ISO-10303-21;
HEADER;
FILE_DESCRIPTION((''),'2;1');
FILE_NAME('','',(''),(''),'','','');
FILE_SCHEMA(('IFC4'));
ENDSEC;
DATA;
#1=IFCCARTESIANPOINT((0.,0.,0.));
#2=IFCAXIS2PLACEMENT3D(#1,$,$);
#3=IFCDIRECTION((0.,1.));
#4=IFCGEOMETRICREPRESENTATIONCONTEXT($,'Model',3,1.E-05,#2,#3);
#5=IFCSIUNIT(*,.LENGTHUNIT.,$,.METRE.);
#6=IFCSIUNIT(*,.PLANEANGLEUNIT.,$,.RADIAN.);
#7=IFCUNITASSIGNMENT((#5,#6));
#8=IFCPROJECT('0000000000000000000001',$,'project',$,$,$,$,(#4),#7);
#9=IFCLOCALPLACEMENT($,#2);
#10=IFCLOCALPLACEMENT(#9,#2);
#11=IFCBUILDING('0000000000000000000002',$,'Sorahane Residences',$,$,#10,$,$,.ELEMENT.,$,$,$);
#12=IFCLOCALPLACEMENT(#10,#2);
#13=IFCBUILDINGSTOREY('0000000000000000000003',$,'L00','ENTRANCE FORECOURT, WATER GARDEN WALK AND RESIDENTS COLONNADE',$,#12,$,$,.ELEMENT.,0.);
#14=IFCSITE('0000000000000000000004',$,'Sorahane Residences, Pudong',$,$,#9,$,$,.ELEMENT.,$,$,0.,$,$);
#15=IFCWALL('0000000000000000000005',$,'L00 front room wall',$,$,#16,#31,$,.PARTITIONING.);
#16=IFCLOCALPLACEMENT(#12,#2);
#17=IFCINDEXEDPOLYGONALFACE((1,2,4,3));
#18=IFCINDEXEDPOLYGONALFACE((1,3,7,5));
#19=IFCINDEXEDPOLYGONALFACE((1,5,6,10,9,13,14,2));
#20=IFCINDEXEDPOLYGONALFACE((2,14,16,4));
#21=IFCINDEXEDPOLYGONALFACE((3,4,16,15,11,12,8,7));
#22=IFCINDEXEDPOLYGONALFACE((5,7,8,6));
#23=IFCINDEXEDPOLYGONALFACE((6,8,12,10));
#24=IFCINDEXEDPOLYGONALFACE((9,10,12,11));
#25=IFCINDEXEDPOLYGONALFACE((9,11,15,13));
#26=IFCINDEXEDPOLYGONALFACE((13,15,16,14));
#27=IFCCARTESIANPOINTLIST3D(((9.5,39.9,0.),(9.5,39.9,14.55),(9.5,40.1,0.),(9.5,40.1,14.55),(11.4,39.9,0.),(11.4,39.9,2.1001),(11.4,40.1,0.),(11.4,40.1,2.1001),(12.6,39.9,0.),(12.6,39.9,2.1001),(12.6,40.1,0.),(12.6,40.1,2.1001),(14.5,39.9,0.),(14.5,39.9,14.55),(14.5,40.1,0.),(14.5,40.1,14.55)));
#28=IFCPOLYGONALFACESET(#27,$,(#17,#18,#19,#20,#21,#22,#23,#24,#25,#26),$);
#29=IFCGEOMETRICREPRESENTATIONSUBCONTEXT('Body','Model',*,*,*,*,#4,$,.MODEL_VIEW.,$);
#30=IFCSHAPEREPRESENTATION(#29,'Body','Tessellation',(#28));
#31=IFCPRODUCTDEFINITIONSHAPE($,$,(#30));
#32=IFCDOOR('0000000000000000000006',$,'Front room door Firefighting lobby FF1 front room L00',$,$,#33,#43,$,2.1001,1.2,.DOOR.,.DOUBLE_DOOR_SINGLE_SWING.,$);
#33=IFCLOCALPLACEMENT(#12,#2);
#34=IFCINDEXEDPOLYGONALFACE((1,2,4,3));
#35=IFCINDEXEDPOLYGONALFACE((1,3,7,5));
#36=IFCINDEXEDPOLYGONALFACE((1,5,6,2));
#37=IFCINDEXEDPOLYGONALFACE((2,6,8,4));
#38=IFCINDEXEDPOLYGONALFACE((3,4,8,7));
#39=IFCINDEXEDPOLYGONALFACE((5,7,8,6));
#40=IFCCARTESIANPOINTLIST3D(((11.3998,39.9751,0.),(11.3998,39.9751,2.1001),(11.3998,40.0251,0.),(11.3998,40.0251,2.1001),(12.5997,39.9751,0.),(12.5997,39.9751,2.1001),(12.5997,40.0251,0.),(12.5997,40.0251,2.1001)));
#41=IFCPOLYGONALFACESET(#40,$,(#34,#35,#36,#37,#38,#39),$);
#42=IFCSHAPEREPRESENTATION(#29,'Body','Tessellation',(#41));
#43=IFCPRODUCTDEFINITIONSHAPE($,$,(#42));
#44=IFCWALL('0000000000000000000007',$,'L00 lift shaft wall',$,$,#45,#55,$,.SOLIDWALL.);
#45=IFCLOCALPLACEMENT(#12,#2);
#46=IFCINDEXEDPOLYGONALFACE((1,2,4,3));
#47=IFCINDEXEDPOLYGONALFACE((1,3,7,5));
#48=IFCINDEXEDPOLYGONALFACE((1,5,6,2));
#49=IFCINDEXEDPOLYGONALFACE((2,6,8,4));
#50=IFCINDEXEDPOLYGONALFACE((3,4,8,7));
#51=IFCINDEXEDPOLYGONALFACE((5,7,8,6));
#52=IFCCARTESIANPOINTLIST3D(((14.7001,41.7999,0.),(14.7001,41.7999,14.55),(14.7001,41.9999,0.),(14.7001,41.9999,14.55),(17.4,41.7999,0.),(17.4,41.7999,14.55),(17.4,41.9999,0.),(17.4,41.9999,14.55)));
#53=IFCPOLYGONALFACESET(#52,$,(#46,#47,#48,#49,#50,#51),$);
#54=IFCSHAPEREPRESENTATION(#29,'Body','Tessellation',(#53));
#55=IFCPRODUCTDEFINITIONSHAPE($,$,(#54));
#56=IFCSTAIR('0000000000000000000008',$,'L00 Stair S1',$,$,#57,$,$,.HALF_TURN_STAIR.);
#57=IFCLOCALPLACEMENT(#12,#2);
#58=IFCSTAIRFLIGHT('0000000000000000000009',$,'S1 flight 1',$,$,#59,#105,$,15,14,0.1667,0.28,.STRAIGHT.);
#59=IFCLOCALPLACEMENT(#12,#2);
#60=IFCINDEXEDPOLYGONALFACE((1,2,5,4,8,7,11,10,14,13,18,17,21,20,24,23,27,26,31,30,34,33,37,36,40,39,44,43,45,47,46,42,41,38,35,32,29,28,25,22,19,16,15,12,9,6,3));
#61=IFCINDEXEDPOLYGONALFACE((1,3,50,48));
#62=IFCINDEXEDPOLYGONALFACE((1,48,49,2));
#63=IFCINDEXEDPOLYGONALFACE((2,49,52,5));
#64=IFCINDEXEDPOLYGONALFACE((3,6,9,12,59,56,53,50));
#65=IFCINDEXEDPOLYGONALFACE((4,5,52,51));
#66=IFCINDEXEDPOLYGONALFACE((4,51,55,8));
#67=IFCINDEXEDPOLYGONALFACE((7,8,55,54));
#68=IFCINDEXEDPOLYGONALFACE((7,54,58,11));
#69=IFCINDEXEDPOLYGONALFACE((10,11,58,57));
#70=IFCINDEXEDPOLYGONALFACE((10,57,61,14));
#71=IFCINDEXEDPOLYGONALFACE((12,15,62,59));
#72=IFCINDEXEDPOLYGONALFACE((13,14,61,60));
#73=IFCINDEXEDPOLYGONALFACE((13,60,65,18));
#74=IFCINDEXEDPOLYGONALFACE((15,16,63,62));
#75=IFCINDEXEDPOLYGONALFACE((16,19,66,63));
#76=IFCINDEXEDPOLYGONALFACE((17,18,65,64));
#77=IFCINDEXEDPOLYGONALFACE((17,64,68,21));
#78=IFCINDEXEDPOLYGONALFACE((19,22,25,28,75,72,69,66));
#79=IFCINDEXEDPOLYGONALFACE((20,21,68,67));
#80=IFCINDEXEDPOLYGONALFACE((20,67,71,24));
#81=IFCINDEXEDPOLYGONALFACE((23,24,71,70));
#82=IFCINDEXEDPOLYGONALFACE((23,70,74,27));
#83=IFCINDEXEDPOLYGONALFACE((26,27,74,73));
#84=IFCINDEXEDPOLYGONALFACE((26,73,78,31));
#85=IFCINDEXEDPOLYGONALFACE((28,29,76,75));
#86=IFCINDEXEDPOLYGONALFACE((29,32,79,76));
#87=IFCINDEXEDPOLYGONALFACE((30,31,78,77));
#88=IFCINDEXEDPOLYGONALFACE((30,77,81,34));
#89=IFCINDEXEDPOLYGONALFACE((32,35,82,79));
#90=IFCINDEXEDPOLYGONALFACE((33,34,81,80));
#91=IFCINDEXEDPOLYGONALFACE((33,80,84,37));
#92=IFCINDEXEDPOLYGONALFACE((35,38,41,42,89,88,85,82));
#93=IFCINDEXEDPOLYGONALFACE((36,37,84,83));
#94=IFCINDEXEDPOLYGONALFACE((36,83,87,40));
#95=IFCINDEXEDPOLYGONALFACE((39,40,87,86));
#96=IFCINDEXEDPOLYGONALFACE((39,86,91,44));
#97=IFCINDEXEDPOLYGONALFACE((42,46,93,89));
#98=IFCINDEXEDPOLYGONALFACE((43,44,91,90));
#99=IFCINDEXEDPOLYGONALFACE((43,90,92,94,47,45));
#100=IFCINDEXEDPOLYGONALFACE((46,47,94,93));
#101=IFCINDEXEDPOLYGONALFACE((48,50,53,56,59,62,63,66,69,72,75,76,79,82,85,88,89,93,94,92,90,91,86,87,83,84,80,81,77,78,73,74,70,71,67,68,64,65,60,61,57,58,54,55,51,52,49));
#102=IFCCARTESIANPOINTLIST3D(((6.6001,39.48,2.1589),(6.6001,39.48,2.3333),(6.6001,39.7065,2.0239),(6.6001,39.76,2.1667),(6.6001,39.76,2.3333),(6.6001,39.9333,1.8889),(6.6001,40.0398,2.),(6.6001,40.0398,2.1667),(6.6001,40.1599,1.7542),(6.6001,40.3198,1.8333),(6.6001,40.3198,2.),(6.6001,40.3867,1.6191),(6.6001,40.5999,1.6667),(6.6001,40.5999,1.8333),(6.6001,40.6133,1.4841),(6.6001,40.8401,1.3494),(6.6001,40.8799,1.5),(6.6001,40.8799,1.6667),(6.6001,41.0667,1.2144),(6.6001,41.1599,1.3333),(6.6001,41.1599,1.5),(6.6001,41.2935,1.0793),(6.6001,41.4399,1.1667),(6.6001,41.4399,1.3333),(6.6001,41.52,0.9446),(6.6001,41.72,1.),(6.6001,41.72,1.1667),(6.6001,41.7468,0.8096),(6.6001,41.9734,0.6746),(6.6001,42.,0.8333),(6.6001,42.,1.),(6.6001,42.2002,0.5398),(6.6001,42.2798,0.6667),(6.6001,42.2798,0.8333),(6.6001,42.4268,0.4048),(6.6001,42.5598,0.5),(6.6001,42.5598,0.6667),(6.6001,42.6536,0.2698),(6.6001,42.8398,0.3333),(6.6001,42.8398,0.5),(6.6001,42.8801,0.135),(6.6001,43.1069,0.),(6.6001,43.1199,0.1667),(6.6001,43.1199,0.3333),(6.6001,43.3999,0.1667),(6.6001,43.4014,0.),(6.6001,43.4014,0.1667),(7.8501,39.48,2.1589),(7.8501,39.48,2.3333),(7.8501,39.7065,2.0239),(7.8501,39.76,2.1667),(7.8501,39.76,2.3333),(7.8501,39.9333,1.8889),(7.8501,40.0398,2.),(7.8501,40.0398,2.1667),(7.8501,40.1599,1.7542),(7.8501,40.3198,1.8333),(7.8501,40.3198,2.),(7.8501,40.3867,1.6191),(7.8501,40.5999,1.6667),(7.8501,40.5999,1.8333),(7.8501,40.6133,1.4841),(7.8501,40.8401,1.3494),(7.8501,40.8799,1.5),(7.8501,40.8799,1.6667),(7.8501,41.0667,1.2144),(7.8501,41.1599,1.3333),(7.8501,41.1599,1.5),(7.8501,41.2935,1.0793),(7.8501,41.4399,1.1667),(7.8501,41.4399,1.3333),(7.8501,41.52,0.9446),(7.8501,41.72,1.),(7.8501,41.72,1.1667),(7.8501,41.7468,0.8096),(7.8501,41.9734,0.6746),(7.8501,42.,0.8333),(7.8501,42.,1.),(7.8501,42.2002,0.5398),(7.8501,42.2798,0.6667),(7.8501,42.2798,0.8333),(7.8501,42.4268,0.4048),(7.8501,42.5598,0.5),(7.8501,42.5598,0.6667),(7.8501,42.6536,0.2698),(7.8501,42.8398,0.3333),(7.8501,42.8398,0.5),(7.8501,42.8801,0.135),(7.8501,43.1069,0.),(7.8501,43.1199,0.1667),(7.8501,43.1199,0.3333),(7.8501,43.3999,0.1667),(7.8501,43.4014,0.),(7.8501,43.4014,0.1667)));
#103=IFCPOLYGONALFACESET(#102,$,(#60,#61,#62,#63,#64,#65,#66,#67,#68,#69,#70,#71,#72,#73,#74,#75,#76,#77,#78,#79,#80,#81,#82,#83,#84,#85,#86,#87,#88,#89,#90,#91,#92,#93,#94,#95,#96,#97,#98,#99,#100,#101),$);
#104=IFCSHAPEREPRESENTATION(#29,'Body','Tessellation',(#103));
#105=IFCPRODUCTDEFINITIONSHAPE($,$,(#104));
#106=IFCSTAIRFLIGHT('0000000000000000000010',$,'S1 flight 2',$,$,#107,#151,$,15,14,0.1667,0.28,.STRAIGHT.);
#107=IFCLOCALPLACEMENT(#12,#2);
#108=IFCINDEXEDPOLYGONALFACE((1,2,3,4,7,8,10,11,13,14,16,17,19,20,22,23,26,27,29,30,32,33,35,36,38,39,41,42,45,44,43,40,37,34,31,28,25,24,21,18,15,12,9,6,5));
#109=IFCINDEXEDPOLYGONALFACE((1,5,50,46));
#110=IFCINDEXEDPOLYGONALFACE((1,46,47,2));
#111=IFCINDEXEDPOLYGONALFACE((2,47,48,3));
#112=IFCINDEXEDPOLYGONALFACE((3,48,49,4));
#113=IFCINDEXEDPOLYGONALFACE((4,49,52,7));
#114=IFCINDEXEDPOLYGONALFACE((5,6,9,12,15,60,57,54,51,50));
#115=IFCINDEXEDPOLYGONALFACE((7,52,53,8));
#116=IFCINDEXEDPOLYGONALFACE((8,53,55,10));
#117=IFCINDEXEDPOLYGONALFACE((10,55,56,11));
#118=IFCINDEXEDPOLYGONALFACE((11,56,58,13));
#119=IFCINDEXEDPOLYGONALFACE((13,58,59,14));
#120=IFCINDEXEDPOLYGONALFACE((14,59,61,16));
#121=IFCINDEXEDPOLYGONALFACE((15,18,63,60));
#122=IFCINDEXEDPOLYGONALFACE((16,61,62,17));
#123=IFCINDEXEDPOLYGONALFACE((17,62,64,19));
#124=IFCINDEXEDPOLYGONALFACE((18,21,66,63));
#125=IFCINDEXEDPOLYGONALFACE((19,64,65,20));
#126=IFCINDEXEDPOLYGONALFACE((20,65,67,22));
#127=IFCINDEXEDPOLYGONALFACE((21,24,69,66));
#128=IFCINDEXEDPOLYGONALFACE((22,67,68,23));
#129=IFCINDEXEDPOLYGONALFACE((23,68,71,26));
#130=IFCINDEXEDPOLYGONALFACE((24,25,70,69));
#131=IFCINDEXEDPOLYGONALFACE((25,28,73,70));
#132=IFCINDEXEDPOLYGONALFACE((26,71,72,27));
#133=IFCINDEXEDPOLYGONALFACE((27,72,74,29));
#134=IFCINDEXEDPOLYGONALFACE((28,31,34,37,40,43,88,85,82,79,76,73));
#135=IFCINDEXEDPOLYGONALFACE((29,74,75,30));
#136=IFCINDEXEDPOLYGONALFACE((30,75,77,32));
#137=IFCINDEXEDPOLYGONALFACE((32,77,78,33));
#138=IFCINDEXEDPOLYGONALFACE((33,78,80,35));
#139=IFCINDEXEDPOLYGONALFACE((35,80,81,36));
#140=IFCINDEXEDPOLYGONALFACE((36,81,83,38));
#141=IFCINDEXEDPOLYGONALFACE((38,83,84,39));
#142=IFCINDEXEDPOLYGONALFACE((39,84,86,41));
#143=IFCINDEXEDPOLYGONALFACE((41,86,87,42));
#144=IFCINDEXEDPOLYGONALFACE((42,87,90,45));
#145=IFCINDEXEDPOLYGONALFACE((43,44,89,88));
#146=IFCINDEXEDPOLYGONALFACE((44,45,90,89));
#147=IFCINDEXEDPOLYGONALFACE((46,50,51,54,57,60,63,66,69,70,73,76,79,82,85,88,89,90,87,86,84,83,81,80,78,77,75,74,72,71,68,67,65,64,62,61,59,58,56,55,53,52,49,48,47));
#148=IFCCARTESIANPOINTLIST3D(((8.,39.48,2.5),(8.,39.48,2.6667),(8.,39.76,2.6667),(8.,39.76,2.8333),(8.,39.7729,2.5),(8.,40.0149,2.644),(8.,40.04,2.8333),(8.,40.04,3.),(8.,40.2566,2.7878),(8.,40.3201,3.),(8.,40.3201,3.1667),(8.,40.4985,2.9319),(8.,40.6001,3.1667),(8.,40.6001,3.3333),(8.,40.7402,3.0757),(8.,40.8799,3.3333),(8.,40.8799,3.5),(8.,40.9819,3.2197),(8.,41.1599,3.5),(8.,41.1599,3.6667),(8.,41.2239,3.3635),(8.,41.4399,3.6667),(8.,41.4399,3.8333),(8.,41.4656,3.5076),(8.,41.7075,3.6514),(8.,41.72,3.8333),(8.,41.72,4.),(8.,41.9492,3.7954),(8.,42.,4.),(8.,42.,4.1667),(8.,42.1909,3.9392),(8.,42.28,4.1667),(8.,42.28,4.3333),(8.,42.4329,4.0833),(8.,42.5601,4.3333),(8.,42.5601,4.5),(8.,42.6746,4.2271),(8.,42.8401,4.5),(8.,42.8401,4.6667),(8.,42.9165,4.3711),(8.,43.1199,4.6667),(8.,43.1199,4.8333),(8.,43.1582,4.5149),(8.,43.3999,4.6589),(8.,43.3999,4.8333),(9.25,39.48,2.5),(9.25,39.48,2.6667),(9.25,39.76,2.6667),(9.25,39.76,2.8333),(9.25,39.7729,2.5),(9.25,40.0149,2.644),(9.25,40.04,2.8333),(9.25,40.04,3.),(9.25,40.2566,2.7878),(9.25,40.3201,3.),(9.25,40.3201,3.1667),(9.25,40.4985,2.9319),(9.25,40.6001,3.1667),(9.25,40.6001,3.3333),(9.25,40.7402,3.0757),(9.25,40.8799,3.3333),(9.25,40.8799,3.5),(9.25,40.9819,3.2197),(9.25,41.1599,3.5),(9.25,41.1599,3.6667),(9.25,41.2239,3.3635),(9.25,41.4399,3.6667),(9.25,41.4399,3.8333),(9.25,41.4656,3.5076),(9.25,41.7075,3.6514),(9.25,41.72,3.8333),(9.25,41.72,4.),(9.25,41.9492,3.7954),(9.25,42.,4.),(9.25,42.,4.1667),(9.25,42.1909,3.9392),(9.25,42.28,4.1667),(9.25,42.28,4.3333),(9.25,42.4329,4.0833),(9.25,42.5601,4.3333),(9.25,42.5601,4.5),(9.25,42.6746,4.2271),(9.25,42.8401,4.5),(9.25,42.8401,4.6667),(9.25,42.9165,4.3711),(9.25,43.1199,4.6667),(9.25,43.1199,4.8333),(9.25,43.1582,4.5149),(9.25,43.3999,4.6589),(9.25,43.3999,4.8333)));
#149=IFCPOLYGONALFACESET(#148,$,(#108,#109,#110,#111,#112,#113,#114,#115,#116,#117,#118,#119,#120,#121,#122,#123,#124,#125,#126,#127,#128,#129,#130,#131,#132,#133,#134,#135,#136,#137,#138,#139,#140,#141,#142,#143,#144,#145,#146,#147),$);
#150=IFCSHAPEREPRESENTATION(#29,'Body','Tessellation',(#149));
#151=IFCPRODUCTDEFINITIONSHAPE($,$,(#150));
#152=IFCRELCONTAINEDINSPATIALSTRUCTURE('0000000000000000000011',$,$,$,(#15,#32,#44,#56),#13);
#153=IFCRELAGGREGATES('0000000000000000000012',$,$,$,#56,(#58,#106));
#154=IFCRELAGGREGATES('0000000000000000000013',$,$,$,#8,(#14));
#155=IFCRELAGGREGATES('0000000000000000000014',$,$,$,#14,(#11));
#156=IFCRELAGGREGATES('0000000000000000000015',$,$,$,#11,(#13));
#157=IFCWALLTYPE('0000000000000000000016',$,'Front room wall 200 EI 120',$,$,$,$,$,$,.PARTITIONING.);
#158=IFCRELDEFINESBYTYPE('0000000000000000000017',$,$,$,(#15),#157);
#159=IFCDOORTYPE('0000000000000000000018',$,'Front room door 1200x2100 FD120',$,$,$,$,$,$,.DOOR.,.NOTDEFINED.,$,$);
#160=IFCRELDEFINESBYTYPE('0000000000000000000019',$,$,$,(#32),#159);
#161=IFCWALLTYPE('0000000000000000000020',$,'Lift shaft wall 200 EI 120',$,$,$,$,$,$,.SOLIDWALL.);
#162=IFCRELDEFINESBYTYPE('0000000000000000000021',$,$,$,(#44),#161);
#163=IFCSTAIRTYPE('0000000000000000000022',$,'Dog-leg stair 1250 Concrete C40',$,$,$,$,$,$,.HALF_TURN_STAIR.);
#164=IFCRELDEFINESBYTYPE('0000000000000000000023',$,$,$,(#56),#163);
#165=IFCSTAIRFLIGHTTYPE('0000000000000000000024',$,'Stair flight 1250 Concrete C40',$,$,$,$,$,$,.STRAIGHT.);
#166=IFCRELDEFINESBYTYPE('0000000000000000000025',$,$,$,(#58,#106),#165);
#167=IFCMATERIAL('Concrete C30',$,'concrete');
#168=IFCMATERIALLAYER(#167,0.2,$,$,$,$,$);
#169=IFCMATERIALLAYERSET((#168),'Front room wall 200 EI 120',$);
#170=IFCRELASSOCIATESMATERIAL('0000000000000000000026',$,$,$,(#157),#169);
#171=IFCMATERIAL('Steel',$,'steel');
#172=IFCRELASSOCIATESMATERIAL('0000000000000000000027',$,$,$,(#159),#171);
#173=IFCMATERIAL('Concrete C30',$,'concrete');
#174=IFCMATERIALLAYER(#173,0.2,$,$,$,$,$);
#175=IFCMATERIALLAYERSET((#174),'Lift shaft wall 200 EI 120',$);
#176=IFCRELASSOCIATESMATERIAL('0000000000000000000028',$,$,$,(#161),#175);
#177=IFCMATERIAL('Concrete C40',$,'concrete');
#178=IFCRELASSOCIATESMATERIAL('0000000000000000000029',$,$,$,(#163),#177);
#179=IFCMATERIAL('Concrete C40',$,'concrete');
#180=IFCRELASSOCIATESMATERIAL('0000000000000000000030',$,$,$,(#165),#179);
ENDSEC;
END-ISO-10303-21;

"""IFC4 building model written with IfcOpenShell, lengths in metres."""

from ifc_helpers import new_model, si_unit, direction, frame, frame_2d, origin, place, context, subcontext, project, spatial, polyline, rectangle, outline, extrude, material, layer, layer_set, type_object, element, fill, aggregate, save


model = new_model("IFC4")

# Units and contexts
model_context = context("Model", 3, precision=1e-05, world=origin(), true_north=direction((0.0, 1.0)))
body_context = subcontext(model_context, "Body", "Model", "MODEL_VIEW")
ifc_project = project(units=[si_unit("LENGTHUNIT", "METRE"), si_unit("PLANEANGLEUNIT", "RADIAN")], contexts=[model_context])

# Site, building, storey
site_placement = place(None, origin())
site = spatial("IfcSite", under=ifc_project, at=site_placement, Name="Sorahane Residences, Pudong", CompositionType="ELEMENT", RefElevation=0.0)
building_placement = place(site_placement, origin())
building = spatial("IfcBuilding", under=site, at=building_placement, Name="Sorahane Residences", CompositionType="ELEMENT")
storey_placement = place(building_placement, origin())
storey = spatial("IfcBuildingStorey", under=building, at=storey_placement, Name="L00", Description="ENTRANCE FORECOURT, WATER GARDEN WALK AND RESIDENTS COLONNADE", CompositionType="ELEMENT", Elevation=0.0)

# Wall, opening, door
ifc_material_1 = material(Name="Concrete C30", Category="concrete")
ifc_layer_1 = layer(ifc_material_1, 0.2)
ifc_layer_set_1 = layer_set([ifc_layer_1], Name="Front room wall 200 EI 120")
wall_type_1 = type_object("IfcWallType", Name="Front room wall 200 EI 120", PredefinedType="PARTITIONING", material=ifc_layer_set_1)
wall_1_placement = place(storey_placement, frame((9.5, 40.0, 0.0), z_axis=(0.0, 0.0, 1.0), x_axis=(1.0, 0.0, 0.0)))
wall_1 = element("IfcWall", 1, at=wall_1_placement, inside=storey, type_object=wall_type_1, Name="L00 front room wall", PredefinedType="PARTITIONING", context=body_context, shape_type="SweptSolid", body=[
    extrude(rectangle(XDim=5.0, YDim=0.2, at=frame_2d((2.5, 0.0))), origin(), (0.0, 0.0, 1.0), 14.55),
])
opening_placement = place(wall_1_placement, frame((1.8999, 0.0, 0.0)))
opening = element("IfcOpeningElement", 2, at=opening_placement, cuts=wall_1, PredefinedType="OPENING", context=body_context, shape_type="SweptSolid", body=[
    extrude(rectangle(XDim=1.2, YDim=2.1001, at=frame_2d((0.6001, 1.05))), frame((0.0, 0.1099, 0.0), z_axis=(0.0, -1.0, 0.0), x_axis=(1.0, 0.0, 0.0)), (0.0, 0.0, 1.0), 0.22),
])
ifc_material_2 = material(Name="Steel", Category="steel")
door_type = type_object("IfcDoorType", Name="Front room door 1200x2100 FD120", OperationType="NOTDEFINED", PredefinedType="DOOR", material=ifc_material_2)
door_placement = place(opening_placement, frame((1.2, 0.0, 0.0), z_axis=(0.0, 0.0, 1.0), x_axis=(-1.0, 0.0, 0.0)))
door = element("IfcDoor", 3, at=door_placement, inside=storey, type_object=door_type, Name="Front room door Firefighting lobby FF1 front room L00", OperationType="DOUBLE_DOOR_SINGLE_SWING", OverallHeight=2.1001, OverallWidth=1.2, PredefinedType="DOOR", context=body_context, shape_type="SweptSolid", body=[
    extrude(rectangle(XDim=1.2, YDim=2.1001, at=frame_2d((0.6001, 1.05))), frame((0.0, 0.0249, 0.0), z_axis=(0.0, -1.0, 0.0), x_axis=(1.0, 0.0, 0.0)), (0.0, 0.0, 1.0), 0.05),
])
fill(opening, door)

# Wall
ifc_material_3 = material(Name="Concrete C30", Category="concrete")
ifc_layer_2 = layer(ifc_material_3, 0.2)
ifc_layer_set_2 = layer_set([ifc_layer_2], Name="Lift shaft wall 200 EI 120")
wall_type_2 = type_object("IfcWallType", Name="Lift shaft wall 200 EI 120", PredefinedType="SOLIDWALL", material=ifc_layer_set_2)
wall_2_placement = place(storey_placement, frame((14.7, 41.8999, 0.0), z_axis=(0.0, 0.0, 1.0), x_axis=(1.0, 0.0, 0.0)))
element("IfcWall", 4, at=wall_2_placement, inside=storey, type_object=wall_type_2, Name="L00 lift shaft wall", PredefinedType="SOLIDWALL", context=body_context, shape_type="SweptSolid", body=[
    extrude(rectangle(XDim=2.7, YDim=0.2, at=frame_2d((1.3501, 0.0))), origin(), (0.0, 0.0, 1.0), 14.55),
])

# Stair, stair flights
ifc_material_4 = material(Name="Concrete C40", Category="concrete")
stair_type = type_object("IfcStairType", Name="Dog-leg stair 1250 Concrete C40", PredefinedType="HALF_TURN_STAIR", material=ifc_material_4)
stair_placement = place(storey_placement, origin())
stair = element("IfcStair", 5, at=stair_placement, inside=storey, type_object=stair_type, Name="L00 Stair S1", PredefinedType="HALF_TURN_STAIR")
ifc_material_5 = material(Name="Concrete C40", Category="concrete")
stair_flight_type = type_object("IfcStairFlightType", Name="Stair flight 1250 Concrete C40", PredefinedType="STRAIGHT", material=ifc_material_5)
stair_flight_1_placement = place(storey_placement, frame((7.2251, 43.3999, 0.0), z_axis=(0.0, 0.0, 1.0), x_axis=(0.0, -1.0, 0.0)))
stair_flight_1 = element("IfcStairFlight", 6, at=stair_flight_1_placement, type_object=stair_flight_type, Name="S1 flight 1", NumberOfRisers=15, NumberOfTreads=14, PredefinedType="STRAIGHT", RiserHeight=0.1667, TreadLength=0.28, context=body_context, shape_type="SweptSolid", body=[
    extrude(outline(polyline([(-0.0015, 0.0), (-0.0015, 0.1667), (0.0, 0.1667), (0.28, 0.1667), (0.28, 0.3333), (0.5601, 0.3333), (0.5601, 0.5), (0.8401, 0.5), (0.8401, 0.6667), (1.1201, 0.6667), (1.1201, 0.8333), (1.3999, 0.8333), (1.3999, 1.0), (1.6799, 1.0), (1.6799, 1.1667), (1.96, 1.1667), (1.96, 1.3333), (2.24, 1.3333), (2.24, 1.5), (2.52, 1.5), (2.52, 1.6667), (2.8, 1.6667), (2.8, 1.8333), (3.0801, 1.8333), (3.0801, 2.0), (3.3601, 2.0), (3.3601, 2.1667), (3.6399, 2.1667), (3.6399, 2.3333), (3.9199, 2.3333), (3.9199, 2.5), (3.9199, 2.1589), (3.6934, 2.0239), (3.4666, 1.8889), (3.24, 1.7542), (3.0132, 1.6191), (2.7866, 1.4841), (2.5598, 1.3494), (2.3333, 1.2144), (2.1064, 1.0793), (1.8799, 0.9446), (1.6531, 0.8096), (1.4265, 0.6746), (1.1997, 0.5398), (0.9731, 0.4048), (0.7463, 0.2698), (0.5198, 0.135), (0.293, 0.0), (-0.0015, 0.0)])), frame((0.0, 0.625, 0.0), z_axis=(0.0, -1.0, 0.0), x_axis=(1.0, 0.0, 0.0)), (0.0, 0.0, 1.0), 1.25),
])
stair_flight_2_placement = place(storey_placement, frame((8.625, 39.48, 2.5), z_axis=(0.0, 0.0, 1.0), x_axis=(0.0, 1.0, 0.0)))
stair_flight_2 = element("IfcStairFlight", 7, at=stair_flight_2_placement, type_object=stair_flight_type, Name="S1 flight 2", NumberOfRisers=15, NumberOfTreads=14, PredefinedType="STRAIGHT", RiserHeight=0.1667, TreadLength=0.28, context=body_context, shape_type="SweptSolid", body=[
    extrude(outline(polyline([(0.0, 0.0), (0.0, 0.1667), (0.28, 0.1667), (0.28, 0.3333), (0.5601, 0.3333), (0.5601, 0.5), (0.8401, 0.5), (0.8401, 0.6667), (1.1201, 0.6667), (1.1201, 0.8333), (1.3999, 0.8333), (1.3999, 1.0), (1.6799, 1.0), (1.6799, 1.1667), (1.96, 1.1667), (1.96, 1.3333), (2.24, 1.3333), (2.24, 1.5), (2.52, 1.5), (2.52, 1.6667), (2.8, 1.6667), (2.8, 1.8333), (3.0801, 1.8333), (3.0801, 2.0), (3.3601, 2.0), (3.3601, 2.1667), (3.6399, 2.1667), (3.6399, 2.3333), (3.9199, 2.3333), (3.9199, 2.5), (3.9199, 2.1589), (3.6782, 2.0149), (3.4365, 1.8711), (3.1946, 1.7271), (2.9529, 1.5833), (2.7109, 1.4392), (2.4692, 1.2954), (2.2275, 1.1514), (1.9856, 1.0076), (1.7439, 0.8635), (1.502, 0.7197), (1.2603, 0.5757), (1.0186, 0.4319), (0.7766, 0.2878), (0.5349, 0.144), (0.293, 0.0), (0.0, 0.0)])), frame((0.0, 0.625, 0.0), z_axis=(0.0, -1.0, 0.0), x_axis=(1.0, 0.0, 0.0)), (0.0, 0.0, 1.0), 1.25),
])
aggregate(stair, [stair_flight_1, stair_flight_2])

save(model, "model.ifc")
